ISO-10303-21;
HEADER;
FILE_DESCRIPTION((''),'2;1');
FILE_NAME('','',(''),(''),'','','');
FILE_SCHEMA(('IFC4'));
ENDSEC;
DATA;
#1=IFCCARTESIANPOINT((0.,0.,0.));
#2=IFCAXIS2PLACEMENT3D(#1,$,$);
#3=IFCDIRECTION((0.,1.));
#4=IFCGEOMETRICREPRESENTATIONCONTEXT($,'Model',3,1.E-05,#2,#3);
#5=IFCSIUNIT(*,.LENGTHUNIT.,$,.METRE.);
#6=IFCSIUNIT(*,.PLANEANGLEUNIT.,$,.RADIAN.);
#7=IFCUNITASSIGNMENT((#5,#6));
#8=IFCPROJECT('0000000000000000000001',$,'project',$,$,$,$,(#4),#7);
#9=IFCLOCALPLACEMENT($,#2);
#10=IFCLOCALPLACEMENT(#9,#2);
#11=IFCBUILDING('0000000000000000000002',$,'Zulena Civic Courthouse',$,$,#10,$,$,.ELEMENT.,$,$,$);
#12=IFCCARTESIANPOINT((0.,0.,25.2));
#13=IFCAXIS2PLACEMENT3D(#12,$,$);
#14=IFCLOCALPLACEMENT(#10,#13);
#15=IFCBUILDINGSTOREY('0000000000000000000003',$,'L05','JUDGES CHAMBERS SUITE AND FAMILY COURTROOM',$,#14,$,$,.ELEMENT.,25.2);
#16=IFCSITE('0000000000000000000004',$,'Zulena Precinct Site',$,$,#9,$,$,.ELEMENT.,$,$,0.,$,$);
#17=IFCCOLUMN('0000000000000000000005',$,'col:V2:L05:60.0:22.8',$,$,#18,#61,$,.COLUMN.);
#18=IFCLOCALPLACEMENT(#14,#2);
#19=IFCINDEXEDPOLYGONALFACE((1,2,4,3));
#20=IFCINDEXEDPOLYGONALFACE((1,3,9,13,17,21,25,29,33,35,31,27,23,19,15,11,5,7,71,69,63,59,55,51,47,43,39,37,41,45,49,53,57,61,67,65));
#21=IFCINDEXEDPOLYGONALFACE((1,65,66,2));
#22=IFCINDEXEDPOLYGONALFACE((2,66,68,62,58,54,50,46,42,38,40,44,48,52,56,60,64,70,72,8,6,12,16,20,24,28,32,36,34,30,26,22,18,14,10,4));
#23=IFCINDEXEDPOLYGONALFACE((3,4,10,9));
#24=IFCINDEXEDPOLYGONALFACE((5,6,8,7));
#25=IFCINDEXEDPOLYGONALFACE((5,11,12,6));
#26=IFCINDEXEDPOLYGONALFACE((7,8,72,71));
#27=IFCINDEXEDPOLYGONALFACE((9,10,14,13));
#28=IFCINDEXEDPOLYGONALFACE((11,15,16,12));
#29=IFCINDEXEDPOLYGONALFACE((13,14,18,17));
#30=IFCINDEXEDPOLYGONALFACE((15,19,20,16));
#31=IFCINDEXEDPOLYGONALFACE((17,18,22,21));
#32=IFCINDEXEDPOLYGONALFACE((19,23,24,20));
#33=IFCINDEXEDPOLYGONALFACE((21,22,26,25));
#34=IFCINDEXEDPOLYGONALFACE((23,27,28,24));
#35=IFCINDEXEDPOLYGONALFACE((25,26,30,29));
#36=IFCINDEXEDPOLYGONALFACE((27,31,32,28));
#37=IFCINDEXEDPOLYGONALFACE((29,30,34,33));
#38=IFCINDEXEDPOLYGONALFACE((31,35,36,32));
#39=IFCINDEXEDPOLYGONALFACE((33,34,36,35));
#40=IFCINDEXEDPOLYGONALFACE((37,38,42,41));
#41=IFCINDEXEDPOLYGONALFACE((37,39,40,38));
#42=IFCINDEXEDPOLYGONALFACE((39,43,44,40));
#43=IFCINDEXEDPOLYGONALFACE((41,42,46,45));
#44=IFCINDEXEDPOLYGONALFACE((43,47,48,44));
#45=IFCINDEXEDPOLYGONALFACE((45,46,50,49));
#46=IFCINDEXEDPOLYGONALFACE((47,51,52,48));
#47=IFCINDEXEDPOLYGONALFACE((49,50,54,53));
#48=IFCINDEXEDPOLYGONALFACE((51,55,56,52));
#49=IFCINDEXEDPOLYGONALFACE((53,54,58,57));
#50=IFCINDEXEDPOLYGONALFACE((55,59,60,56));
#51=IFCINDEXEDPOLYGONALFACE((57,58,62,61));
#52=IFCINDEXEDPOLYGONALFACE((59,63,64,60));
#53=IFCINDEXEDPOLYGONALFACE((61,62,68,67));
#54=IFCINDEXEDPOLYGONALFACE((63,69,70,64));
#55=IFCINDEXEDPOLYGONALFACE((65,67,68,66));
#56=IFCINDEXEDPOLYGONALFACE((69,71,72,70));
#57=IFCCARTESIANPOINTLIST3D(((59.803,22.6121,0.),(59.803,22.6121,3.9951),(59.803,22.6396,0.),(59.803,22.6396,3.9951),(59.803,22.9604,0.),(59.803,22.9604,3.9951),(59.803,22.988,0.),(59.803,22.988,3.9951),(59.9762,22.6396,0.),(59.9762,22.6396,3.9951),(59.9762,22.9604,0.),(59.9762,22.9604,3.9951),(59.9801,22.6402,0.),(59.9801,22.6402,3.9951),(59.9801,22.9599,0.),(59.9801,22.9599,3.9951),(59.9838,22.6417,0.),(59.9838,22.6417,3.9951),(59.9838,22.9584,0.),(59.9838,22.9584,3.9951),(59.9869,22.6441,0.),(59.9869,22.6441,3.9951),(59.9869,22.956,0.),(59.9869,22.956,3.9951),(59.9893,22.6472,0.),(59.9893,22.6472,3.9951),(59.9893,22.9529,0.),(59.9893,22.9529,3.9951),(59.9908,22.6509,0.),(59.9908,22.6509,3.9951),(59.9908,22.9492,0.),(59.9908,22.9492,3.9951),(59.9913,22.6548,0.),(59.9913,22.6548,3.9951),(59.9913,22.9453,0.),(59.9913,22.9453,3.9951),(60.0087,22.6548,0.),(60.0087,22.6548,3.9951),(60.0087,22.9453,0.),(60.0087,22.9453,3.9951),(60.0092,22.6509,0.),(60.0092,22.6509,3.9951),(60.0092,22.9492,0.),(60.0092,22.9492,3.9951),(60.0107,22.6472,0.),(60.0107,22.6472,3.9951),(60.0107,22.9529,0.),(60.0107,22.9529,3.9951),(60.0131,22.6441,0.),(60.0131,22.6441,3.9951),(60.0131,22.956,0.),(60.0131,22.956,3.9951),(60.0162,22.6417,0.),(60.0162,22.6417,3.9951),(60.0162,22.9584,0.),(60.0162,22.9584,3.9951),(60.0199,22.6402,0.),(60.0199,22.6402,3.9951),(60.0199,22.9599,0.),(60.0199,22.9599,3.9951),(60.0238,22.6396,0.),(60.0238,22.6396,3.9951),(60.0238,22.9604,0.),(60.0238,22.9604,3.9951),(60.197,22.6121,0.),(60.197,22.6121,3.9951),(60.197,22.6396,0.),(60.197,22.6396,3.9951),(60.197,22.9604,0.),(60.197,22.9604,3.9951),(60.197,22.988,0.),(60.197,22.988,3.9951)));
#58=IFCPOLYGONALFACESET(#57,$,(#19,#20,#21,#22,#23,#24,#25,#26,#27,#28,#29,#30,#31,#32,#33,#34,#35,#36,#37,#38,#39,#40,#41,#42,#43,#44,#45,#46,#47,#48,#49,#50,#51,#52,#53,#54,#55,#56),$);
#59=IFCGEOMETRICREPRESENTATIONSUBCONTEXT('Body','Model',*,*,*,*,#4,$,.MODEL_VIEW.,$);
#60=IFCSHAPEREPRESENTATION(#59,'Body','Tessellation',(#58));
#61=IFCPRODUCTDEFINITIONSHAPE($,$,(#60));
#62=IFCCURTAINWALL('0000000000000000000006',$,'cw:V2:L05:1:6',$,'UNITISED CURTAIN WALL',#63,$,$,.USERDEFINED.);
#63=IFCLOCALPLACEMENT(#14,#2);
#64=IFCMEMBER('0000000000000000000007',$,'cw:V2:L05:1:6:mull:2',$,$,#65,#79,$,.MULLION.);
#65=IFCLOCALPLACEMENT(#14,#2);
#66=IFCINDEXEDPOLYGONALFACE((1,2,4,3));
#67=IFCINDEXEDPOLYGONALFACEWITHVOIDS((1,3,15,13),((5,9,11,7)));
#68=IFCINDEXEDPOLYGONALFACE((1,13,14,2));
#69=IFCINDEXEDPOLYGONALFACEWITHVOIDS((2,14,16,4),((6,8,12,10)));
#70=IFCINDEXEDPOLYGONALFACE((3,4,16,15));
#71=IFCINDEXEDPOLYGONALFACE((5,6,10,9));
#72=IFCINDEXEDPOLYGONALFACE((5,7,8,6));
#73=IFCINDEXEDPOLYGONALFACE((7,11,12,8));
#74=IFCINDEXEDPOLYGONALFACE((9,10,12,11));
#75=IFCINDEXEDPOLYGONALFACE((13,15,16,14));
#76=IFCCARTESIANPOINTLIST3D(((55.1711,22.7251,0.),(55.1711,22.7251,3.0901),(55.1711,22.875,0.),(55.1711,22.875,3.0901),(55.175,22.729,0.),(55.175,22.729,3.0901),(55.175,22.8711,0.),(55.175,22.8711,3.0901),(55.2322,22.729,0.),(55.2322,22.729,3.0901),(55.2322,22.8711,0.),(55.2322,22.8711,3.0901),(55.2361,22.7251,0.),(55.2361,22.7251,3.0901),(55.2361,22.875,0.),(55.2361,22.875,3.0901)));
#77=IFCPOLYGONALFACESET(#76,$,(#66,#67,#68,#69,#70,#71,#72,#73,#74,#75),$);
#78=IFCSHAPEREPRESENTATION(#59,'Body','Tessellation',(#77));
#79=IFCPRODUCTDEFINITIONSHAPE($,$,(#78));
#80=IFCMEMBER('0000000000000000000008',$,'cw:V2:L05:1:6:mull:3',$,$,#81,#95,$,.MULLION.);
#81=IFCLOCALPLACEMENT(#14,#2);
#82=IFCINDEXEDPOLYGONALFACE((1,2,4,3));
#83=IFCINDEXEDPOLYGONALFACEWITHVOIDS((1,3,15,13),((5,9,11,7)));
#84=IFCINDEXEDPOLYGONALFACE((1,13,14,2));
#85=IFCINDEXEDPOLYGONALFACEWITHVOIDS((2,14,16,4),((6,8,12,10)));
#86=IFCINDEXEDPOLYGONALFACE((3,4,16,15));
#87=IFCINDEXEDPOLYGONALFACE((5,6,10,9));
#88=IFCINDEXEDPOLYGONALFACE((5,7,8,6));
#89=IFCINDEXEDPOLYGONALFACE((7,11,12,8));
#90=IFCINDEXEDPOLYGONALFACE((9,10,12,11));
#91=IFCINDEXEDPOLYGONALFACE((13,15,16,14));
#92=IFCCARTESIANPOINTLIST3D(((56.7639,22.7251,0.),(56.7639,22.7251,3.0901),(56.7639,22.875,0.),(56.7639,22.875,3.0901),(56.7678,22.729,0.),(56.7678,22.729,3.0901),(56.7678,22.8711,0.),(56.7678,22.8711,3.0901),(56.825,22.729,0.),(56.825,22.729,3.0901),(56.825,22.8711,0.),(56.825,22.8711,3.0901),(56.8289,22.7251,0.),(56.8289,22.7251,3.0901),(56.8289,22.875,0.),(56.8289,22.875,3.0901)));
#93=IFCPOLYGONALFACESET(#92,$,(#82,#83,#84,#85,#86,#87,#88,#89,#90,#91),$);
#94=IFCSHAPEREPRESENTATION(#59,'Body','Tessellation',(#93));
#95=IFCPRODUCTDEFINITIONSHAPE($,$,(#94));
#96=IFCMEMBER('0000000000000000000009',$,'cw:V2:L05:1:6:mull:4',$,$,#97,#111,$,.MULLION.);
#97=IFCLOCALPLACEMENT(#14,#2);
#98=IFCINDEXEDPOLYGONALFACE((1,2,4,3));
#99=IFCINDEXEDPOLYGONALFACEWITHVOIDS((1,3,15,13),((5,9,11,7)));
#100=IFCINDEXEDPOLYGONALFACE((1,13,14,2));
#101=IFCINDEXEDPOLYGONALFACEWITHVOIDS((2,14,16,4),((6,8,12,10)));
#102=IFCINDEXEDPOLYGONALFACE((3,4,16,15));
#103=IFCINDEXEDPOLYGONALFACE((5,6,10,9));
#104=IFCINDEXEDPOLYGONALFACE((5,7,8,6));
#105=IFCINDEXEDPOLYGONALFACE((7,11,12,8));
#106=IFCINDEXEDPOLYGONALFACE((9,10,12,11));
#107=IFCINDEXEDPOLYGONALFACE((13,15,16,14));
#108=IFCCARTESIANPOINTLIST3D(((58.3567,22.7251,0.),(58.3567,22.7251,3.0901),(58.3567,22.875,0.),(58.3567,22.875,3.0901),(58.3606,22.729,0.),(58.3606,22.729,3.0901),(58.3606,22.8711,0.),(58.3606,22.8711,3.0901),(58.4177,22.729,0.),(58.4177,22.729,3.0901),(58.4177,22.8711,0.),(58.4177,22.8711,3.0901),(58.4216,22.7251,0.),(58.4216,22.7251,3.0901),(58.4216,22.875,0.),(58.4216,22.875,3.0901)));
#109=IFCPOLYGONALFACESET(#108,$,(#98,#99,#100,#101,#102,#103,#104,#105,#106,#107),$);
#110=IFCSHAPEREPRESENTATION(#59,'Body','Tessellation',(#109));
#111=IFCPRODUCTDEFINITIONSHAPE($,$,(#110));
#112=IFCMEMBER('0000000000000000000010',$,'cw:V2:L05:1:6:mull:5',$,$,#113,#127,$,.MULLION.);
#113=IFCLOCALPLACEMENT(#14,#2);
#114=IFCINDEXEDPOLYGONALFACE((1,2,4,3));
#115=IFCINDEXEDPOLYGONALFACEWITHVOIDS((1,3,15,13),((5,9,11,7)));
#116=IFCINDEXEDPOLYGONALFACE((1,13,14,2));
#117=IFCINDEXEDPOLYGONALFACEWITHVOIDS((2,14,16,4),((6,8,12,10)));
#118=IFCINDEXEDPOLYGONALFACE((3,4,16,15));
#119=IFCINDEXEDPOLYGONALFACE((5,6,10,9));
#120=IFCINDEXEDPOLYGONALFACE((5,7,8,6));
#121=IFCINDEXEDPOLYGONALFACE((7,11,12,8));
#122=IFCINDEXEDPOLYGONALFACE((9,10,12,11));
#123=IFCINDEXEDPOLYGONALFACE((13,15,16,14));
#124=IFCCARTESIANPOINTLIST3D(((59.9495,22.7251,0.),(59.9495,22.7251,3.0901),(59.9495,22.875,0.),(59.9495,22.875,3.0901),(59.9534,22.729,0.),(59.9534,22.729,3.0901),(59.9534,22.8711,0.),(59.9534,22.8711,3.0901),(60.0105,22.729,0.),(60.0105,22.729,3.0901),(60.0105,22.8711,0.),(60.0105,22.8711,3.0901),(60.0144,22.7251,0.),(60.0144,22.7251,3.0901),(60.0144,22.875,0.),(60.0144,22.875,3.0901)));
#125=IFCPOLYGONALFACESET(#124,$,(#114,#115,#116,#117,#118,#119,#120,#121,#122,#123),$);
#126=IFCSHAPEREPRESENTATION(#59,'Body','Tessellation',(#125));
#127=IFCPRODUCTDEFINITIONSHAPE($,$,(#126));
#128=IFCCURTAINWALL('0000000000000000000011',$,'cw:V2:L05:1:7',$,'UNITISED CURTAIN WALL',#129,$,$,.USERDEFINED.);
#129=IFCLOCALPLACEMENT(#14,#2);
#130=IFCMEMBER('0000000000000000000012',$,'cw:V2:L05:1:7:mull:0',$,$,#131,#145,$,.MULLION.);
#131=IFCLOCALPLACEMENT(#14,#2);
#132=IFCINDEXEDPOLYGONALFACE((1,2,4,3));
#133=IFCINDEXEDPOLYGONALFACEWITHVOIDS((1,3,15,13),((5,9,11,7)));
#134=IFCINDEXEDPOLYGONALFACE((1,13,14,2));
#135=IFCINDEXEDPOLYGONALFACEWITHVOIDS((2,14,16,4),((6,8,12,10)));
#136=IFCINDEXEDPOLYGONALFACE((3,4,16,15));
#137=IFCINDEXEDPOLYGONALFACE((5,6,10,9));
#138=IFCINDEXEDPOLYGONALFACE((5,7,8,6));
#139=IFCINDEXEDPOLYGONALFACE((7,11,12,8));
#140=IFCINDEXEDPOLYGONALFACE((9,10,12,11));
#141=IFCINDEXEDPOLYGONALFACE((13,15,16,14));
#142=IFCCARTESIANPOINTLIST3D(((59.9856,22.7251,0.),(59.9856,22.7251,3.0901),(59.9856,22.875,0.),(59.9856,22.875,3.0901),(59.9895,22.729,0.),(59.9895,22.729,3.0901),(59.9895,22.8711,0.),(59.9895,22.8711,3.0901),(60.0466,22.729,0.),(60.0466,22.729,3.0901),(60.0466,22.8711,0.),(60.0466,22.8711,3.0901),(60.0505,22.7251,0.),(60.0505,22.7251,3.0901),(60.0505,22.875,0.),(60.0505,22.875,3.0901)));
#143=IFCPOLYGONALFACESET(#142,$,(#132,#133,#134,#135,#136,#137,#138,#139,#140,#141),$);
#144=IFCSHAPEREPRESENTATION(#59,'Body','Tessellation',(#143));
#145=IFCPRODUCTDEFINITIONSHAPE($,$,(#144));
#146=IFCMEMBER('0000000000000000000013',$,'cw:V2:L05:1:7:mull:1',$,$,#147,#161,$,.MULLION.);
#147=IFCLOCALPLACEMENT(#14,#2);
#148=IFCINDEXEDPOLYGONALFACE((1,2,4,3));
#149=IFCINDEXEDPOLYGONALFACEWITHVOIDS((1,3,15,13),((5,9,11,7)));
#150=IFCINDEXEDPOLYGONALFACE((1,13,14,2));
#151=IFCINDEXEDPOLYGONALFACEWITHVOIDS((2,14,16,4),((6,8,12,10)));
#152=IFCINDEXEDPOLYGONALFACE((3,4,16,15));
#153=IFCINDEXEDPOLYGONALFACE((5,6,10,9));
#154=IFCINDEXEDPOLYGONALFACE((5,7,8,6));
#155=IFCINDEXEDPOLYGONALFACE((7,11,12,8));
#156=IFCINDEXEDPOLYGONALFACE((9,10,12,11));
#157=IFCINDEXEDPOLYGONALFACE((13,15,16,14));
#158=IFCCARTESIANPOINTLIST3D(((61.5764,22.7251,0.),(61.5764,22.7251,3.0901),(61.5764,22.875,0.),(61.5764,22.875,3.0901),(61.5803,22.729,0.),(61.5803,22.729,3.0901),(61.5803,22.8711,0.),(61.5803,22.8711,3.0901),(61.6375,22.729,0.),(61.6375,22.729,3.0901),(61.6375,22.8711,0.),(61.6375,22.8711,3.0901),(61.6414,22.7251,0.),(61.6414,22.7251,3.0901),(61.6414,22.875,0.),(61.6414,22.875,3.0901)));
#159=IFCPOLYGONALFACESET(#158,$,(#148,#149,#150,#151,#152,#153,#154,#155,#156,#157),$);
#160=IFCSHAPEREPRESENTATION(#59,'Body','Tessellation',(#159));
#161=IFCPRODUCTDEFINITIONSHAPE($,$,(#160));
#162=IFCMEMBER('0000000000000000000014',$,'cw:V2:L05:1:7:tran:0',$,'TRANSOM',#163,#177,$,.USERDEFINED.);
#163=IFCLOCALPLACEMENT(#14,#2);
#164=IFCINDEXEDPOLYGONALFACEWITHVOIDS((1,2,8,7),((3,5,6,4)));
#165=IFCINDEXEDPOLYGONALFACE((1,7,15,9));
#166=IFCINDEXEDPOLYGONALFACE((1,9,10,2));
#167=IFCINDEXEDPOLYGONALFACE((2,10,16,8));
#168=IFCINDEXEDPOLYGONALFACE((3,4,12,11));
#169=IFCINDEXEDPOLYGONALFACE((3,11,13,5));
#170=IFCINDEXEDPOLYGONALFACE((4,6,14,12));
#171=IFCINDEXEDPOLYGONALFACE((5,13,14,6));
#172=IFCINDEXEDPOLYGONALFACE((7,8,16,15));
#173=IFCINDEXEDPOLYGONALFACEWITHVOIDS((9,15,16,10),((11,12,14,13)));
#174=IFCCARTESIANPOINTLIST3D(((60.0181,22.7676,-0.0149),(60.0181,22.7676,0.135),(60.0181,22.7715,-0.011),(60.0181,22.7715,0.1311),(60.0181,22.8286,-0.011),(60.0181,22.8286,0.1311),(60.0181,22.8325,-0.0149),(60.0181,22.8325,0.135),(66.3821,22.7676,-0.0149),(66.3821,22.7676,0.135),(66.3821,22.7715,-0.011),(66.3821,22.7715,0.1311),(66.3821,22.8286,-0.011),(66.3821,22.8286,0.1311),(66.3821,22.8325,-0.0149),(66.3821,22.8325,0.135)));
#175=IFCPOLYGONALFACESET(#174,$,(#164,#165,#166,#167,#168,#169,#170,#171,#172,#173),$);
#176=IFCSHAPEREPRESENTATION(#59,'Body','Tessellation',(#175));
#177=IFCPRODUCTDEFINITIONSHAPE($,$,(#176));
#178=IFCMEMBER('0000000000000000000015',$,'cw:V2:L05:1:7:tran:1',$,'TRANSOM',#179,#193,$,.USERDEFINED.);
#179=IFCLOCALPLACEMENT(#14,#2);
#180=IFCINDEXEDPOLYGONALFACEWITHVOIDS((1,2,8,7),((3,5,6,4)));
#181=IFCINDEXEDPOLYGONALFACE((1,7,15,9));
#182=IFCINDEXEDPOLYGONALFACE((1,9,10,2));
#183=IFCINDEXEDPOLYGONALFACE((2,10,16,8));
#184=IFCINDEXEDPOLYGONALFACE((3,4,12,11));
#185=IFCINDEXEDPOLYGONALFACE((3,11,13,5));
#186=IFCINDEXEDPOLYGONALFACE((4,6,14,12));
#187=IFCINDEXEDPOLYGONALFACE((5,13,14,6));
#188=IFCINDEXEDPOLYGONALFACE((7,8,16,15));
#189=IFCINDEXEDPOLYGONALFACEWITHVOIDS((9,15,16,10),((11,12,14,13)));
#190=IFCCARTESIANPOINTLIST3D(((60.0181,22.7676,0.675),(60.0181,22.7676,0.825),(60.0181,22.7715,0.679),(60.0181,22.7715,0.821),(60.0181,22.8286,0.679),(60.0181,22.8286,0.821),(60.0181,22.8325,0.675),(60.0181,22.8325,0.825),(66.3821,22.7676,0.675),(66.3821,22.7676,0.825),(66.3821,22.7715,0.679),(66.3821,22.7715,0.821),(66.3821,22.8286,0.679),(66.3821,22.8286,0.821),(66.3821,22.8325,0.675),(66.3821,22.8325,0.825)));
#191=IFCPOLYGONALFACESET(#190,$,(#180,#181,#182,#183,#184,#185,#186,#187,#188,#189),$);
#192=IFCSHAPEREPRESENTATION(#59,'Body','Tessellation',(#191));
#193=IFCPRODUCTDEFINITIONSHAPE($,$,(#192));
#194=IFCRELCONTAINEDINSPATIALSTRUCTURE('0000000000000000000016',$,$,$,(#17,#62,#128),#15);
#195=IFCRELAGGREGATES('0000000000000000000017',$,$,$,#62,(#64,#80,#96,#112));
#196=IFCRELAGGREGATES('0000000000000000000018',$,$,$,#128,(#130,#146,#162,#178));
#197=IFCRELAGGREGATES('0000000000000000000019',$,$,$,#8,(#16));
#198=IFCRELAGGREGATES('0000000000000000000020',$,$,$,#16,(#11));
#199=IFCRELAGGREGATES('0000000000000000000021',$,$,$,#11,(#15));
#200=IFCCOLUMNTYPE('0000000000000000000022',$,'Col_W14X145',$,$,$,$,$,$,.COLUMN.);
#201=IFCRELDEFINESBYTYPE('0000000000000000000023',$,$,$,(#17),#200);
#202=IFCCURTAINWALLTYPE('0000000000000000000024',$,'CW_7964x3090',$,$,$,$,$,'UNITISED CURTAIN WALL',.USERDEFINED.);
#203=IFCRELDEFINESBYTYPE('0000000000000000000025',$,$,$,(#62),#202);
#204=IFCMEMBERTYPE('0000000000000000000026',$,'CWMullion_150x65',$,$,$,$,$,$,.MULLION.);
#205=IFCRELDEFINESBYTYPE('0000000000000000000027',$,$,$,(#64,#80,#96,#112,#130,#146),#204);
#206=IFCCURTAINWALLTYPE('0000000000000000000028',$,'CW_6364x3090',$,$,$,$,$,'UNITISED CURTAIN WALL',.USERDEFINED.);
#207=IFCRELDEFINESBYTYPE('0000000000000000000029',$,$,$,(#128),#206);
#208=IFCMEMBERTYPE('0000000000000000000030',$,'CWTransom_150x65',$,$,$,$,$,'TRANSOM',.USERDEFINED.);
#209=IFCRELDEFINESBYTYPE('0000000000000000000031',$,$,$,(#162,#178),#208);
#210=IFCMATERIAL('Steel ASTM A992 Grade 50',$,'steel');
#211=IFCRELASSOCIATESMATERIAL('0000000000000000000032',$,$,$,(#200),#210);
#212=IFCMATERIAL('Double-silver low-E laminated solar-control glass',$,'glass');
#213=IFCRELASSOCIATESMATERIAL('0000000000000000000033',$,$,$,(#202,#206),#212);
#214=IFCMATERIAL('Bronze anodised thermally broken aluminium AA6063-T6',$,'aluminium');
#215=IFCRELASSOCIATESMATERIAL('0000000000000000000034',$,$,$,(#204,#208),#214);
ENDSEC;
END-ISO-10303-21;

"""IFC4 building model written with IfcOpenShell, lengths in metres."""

from ifc_helpers import new_model, si_unit, direction, frame, origin, origin_2d, place, context, subcontext, project, spatial, hollow_rectangle, i_section, extrude, material, material_profile, profile_set, type_object, element, aggregate, save


model = new_model("IFC4")

# Units and contexts
model_context = context("Model", 3, precision=1e-05, world=origin(), true_north=direction((0.0, 1.0)))
body_context = subcontext(model_context, "Body", "Model", "MODEL_VIEW")
ifc_project = project(units=[si_unit("LENGTHUNIT", "METRE"), si_unit("PLANEANGLEUNIT", "RADIAN")], contexts=[model_context])

# Site, building, storey
site_placement = place(None, origin())
site = spatial("IfcSite", under=ifc_project, at=site_placement, Name="Zulena Precinct Site", CompositionType="ELEMENT", RefElevation=0.0)
building_placement = place(site_placement, origin())
building = spatial("IfcBuilding", under=site, at=building_placement, Name="Zulena Civic Courthouse", CompositionType="ELEMENT")
storey_placement = place(building_placement, frame((0.0, 0.0, 25.2)))
storey = spatial("IfcBuildingStorey", under=building, at=storey_placement, Name="L05", Description="JUDGES CHAMBERS SUITE AND FAMILY COURTROOM", CompositionType="ELEMENT", Elevation=25.2)

# Column
ifc_material_1 = material(Name="Steel ASTM A992 Grade 50", Category="steel")
ifc_material_profile_1 = material_profile(ifc_material_1, i_section(OverallWidth=0.394, OverallDepth=0.376, WebThickness=0.0173, FlangeThickness=0.0276, FilletRadius=0.0151, at=origin_2d()), Name="W14X145")
ifc_profile_set_1 = profile_set([ifc_material_profile_1], Name="Steel ASTM A992 Grade 50")
column_type = type_object("IfcColumnType", Name="Col_W14X145", PredefinedType="COLUMN", material=ifc_profile_set_1)
column_placement = place(storey_placement, frame((60.0, 22.8, 0.0), z_axis=(0.0, 0.0, 1.0), x_axis=(1.0, 0.0, 0.0)))
element("IfcColumn", 1, at=column_placement, inside=storey, type_object=column_type, Name="col:V2:L05:60.0:22.8", PredefinedType="COLUMN", context=body_context, shape_type="SweptSolid", body=[
    extrude(i_section(OverallWidth=0.394, OverallDepth=0.376, WebThickness=0.0173, FlangeThickness=0.0276, FilletRadius=0.0151, at=origin_2d()), origin(), (0.0, 0.0, 1.0), 3.9951),
])

# Curtain walls, members
ifc_material_2 = material(Name="Double-silver low-E laminated solar-control glass", Category="glass")
curtain_wall_type_1 = type_object("IfcCurtainWallType", Name="CW_7964x3090", ElementType="UNITISED CURTAIN WALL", PredefinedType="USERDEFINED", material=ifc_material_2)
curtain_wall_1_placement = place(storey_placement, origin())
curtain_wall_1 = element("IfcCurtainWall", 2, at=curtain_wall_1_placement, inside=storey, type_object=curtain_wall_type_1, Name="cw:V2:L05:1:6", ObjectType="UNITISED CURTAIN WALL", PredefinedType="USERDEFINED")
ifc_material_3 = material(Name="Bronze anodised thermally broken aluminium AA6063-T6", Category="aluminium")
ifc_material_profile_2 = material_profile(ifc_material_3, hollow_rectangle(XDim=0.0649, YDim=0.1499, WallThickness=0.0039, at=origin_2d()), Name="CWM150X65X4")
ifc_profile_set_2 = profile_set([ifc_material_profile_2], Name="Bronze anodised thermally broken aluminium AA6063-T6")
member_type_1 = type_object("IfcMemberType", Name="CWMullion_150x65", PredefinedType="MULLION", material=ifc_profile_set_2)
member_1_placement = place(storey_placement, frame((55.2036, 22.8, 0.0), z_axis=(0.0, 0.0, 1.0), x_axis=(1.0, 0.0, 0.0)))
member_1 = element("IfcMember", 3, at=member_1_placement, type_object=member_type_1, Name="cw:V2:L05:1:6:mull:2", PredefinedType="MULLION", context=body_context, shape_type="SweptSolid", body=[
    extrude(hollow_rectangle(XDim=0.0649, YDim=0.1499, WallThickness=0.0039, at=origin_2d()), origin(), (0.0, 0.0, 1.0), 3.0901),
])
member_2_placement = place(storey_placement, frame((56.7964, 22.8, 0.0), z_axis=(0.0, 0.0, 1.0), x_axis=(1.0, 0.0, 0.0)))
member_2 = element("IfcMember", 4, at=member_2_placement, type_object=member_type_1, Name="cw:V2:L05:1:6:mull:3", PredefinedType="MULLION", context=body_context, shape_type="SweptSolid", body=[
    extrude(hollow_rectangle(XDim=0.0649, YDim=0.1499, WallThickness=0.0039, at=origin_2d()), origin(), (0.0, 0.0, 1.0), 3.0901),
])
member_3_placement = place(storey_placement, frame((58.3892, 22.8, 0.0), z_axis=(0.0, 0.0, 1.0), x_axis=(1.0, 0.0, 0.0)))
member_3 = element("IfcMember", 5, at=member_3_placement, type_object=member_type_1, Name="cw:V2:L05:1:6:mull:4", PredefinedType="MULLION", context=body_context, shape_type="SweptSolid", body=[
    extrude(hollow_rectangle(XDim=0.0649, YDim=0.1499, WallThickness=0.0039, at=origin_2d()), origin(), (0.0, 0.0, 1.0), 3.0901),
])
member_4_placement = place(storey_placement, frame((59.9819, 22.8, 0.0), z_axis=(0.0, 0.0, 1.0), x_axis=(1.0, 0.0, 0.0)))
member_4 = element("IfcMember", 6, at=member_4_placement, type_object=member_type_1, Name="cw:V2:L05:1:6:mull:5", PredefinedType="MULLION", context=body_context, shape_type="SweptSolid", body=[
    extrude(hollow_rectangle(XDim=0.0649, YDim=0.1499, WallThickness=0.0039, at=origin_2d()), origin(), (0.0, 0.0, 1.0), 3.0901),
])
curtain_wall_type_2 = type_object("IfcCurtainWallType", Name="CW_6364x3090", ElementType="UNITISED CURTAIN WALL", PredefinedType="USERDEFINED", material=ifc_material_2)
curtain_wall_2_placement = place(storey_placement, origin())
curtain_wall_2 = element("IfcCurtainWall", 7, at=curtain_wall_2_placement, inside=storey, type_object=curtain_wall_type_2, Name="cw:V2:L05:1:7", ObjectType="UNITISED CURTAIN WALL", PredefinedType="USERDEFINED")
member_5_placement = place(storey_placement, frame((60.0181, 22.8, 0.0), z_axis=(0.0, 0.0, 1.0), x_axis=(1.0, 0.0, 0.0)))
member_5 = element("IfcMember", 8, at=member_5_placement, type_object=member_type_1, Name="cw:V2:L05:1:7:mull:0", PredefinedType="MULLION", context=body_context, shape_type="SweptSolid", body=[
    extrude(hollow_rectangle(XDim=0.0649, YDim=0.1499, WallThickness=0.0039, at=origin_2d()), origin(), (0.0, 0.0, 1.0), 3.0901),
])
member_6_placement = place(storey_placement, frame((61.6089, 22.8, 0.0), z_axis=(0.0, 0.0, 1.0), x_axis=(1.0, 0.0, 0.0)))
member_6 = element("IfcMember", 9, at=member_6_placement, type_object=member_type_1, Name="cw:V2:L05:1:7:mull:1", PredefinedType="MULLION", context=body_context, shape_type="SweptSolid", body=[
    extrude(hollow_rectangle(XDim=0.0649, YDim=0.1499, WallThickness=0.0039, at=origin_2d()), origin(), (0.0, 0.0, 1.0), 3.0901),
])
ifc_material_profile_3 = material_profile(ifc_material_3, hollow_rectangle(XDim=0.0649, YDim=0.1499, WallThickness=0.0039, at=origin_2d()), Name="CWT150X65X4")
ifc_profile_set_3 = profile_set([ifc_material_profile_3], Name="Bronze anodised thermally broken aluminium AA6063-T6")
member_type_2 = type_object("IfcMemberType", Name="CWTransom_150x65", ElementType="TRANSOM", PredefinedType="USERDEFINED", material=ifc_profile_set_3)
member_7_placement = place(storey_placement, frame((60.0181, 22.8, 0.0601), z_axis=(1.0, 0.0, 0.0), x_axis=(0.0, 1.0, 0.0)))
member_7 = element("IfcMember", 10, at=member_7_placement, type_object=member_type_2, Name="cw:V2:L05:1:7:tran:0", ObjectType="TRANSOM", PredefinedType="USERDEFINED", context=body_context, shape_type="SweptSolid", body=[
    extrude(hollow_rectangle(XDim=0.0649, YDim=0.1499, WallThickness=0.0039, at=origin_2d()), origin(), (0.0, 0.0, 1.0), 6.364),
])
member_8_placement = place(storey_placement, frame((60.0181, 22.8, 0.75), z_axis=(1.0, 0.0, 0.0), x_axis=(0.0, 1.0, 0.0)))
member_8 = element("IfcMember", 11, at=member_8_placement, type_object=member_type_2, Name="cw:V2:L05:1:7:tran:1", ObjectType="TRANSOM", PredefinedType="USERDEFINED", context=body_context, shape_type="SweptSolid", body=[
    extrude(hollow_rectangle(XDim=0.0649, YDim=0.1499, WallThickness=0.0039, at=origin_2d()), origin(), (0.0, 0.0, 1.0), 6.364),
])

aggregate(curtain_wall_1, [member_1, member_2, member_3, member_4])
aggregate(curtain_wall_2, [member_5, member_6, member_7, member_8])

save(model, "model.ifc")
